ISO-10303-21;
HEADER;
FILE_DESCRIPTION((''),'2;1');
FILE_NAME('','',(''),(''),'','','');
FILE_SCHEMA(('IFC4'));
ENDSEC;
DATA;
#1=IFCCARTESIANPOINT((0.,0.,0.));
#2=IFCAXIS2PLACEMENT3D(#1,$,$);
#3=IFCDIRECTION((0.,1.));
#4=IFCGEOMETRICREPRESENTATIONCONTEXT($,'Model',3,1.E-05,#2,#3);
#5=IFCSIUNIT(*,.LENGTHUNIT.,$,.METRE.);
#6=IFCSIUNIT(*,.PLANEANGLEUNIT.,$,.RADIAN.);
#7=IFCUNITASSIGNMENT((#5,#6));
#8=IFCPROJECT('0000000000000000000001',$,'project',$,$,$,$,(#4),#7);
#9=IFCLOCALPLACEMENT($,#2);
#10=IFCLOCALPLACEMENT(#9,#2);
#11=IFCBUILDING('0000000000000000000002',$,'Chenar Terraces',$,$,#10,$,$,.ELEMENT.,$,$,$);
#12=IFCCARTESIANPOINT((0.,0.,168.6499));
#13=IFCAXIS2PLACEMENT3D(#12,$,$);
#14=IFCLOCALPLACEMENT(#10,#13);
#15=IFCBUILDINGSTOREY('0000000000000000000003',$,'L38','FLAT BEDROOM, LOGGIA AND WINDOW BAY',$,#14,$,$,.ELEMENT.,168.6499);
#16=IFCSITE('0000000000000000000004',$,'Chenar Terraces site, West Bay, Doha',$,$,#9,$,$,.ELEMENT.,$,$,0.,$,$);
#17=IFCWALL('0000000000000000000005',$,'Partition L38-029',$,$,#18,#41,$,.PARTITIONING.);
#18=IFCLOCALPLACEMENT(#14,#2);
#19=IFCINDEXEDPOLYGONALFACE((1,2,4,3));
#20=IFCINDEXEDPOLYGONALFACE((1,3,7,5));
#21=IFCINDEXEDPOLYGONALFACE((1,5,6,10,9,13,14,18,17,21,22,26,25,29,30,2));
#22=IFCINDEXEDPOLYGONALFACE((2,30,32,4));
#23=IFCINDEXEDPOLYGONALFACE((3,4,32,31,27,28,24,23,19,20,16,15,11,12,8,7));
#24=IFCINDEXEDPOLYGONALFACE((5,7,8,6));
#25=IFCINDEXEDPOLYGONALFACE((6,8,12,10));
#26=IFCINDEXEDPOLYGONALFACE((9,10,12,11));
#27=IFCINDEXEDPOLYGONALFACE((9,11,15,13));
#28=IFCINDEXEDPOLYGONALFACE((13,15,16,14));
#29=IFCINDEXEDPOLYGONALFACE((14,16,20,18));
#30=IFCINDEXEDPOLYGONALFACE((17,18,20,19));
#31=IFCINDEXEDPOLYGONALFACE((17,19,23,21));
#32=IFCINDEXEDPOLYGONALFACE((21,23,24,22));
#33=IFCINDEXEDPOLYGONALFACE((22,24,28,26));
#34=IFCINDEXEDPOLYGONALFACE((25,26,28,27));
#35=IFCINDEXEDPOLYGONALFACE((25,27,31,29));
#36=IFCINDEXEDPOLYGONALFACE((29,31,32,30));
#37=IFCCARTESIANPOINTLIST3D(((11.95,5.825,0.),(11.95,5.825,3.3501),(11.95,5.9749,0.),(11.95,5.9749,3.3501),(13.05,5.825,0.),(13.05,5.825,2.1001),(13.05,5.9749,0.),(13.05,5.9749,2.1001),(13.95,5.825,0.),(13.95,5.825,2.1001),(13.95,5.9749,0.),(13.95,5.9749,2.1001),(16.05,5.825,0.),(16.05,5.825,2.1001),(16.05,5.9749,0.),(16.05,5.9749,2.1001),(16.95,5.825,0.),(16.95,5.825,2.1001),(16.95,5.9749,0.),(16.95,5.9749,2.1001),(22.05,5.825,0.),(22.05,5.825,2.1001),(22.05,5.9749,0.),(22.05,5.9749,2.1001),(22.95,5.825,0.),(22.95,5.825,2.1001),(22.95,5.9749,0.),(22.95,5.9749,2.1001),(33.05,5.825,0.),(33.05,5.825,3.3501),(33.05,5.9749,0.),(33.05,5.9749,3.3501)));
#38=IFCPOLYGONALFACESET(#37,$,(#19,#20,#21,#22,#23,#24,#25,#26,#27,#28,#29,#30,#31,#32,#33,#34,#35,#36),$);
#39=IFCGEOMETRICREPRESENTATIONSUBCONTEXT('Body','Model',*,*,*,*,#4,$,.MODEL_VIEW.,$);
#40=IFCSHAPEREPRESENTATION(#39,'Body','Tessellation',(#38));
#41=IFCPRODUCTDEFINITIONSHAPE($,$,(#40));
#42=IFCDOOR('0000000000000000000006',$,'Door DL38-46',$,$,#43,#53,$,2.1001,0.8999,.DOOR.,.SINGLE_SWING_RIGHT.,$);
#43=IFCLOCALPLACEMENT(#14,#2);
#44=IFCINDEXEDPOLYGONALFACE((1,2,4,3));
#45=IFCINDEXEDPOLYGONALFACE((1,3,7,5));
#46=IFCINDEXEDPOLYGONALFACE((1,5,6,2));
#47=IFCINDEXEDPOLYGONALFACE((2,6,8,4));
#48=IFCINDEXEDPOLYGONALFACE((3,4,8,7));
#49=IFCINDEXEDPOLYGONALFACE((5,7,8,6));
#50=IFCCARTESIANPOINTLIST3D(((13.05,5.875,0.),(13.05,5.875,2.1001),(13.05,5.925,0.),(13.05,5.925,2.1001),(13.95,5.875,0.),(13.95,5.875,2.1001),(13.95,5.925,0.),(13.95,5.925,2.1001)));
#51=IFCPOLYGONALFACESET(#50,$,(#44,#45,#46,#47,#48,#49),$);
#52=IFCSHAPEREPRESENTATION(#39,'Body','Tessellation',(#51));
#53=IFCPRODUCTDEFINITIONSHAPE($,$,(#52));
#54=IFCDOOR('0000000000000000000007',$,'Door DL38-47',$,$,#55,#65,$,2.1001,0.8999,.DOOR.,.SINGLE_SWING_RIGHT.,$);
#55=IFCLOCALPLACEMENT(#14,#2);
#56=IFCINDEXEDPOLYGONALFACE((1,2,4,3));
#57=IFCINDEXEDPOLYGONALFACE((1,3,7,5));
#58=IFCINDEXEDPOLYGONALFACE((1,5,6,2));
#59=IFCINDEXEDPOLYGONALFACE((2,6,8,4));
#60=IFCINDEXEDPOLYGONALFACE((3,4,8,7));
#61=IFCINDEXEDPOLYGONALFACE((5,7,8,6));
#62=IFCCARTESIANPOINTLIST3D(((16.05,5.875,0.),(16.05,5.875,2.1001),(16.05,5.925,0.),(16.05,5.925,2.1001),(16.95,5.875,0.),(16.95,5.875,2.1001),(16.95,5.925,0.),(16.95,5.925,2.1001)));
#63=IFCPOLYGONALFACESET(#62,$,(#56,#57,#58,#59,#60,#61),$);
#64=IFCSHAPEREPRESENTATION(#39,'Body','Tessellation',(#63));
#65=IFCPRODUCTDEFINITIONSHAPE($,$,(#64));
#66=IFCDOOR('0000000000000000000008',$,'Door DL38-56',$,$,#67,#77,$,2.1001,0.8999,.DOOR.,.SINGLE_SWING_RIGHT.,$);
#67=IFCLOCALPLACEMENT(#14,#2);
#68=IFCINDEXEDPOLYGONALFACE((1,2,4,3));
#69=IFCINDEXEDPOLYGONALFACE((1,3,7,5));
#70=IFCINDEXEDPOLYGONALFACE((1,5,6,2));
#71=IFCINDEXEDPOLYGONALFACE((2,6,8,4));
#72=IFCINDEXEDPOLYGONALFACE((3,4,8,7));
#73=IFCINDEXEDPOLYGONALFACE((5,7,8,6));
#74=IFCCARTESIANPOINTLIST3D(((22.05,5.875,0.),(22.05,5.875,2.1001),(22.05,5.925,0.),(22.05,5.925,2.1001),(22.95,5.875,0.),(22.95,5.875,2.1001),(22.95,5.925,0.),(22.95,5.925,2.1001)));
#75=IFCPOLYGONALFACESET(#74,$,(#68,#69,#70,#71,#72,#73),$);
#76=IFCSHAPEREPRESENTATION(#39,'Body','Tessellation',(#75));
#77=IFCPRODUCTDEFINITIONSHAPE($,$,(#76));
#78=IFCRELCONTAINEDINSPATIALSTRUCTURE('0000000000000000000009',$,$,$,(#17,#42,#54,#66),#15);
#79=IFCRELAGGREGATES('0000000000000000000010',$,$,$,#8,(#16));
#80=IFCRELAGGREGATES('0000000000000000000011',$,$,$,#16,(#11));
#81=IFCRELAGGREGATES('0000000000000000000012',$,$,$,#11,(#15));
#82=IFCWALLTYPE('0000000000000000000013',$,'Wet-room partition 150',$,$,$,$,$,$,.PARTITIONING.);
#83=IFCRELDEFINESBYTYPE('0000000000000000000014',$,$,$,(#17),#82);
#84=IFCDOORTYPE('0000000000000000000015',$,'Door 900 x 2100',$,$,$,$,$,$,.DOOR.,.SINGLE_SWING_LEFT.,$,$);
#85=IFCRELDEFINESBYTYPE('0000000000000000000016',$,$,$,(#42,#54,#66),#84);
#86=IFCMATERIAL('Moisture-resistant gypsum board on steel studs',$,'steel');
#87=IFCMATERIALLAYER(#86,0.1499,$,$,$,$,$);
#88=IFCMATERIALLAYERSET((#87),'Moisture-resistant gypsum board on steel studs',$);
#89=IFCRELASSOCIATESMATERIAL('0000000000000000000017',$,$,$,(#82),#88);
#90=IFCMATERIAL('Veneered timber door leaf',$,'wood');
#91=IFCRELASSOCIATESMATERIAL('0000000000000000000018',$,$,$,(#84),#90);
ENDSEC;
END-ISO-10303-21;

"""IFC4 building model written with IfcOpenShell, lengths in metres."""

from ifc_helpers import new_model, si_unit, direction, frame, frame_2d, origin, place, context, subcontext, project, spatial, rectangle, extrude, material, layer, layer_set, type_object, element, fill, save


model = new_model("IFC4")

# Units and contexts
model_context = context("Model", 3, precision=1e-05, world=origin(), true_north=direction((0.0, 1.0)))
body_context = subcontext(model_context, "Body", "Model", "MODEL_VIEW")
ifc_project = project(units=[si_unit("LENGTHUNIT", "METRE"), si_unit("PLANEANGLEUNIT", "RADIAN")], contexts=[model_context])

# Site, building, storey
site_placement = place(None, origin())
site = spatial("IfcSite", under=ifc_project, at=site_placement, Name="Chenar Terraces site, West Bay, Doha", CompositionType="ELEMENT", RefElevation=0.0)
building_placement = place(site_placement, origin())
building = spatial("IfcBuilding", under=site, at=building_placement, Name="Chenar Terraces", CompositionType="ELEMENT")
storey_placement = place(building_placement, frame((0.0, 0.0, 168.6499)))
storey = spatial("IfcBuildingStorey", under=building, at=storey_placement, Name="L38", Description="FLAT BEDROOM, LOGGIA AND WINDOW BAY", CompositionType="ELEMENT", Elevation=168.6499)

# Wall, openings, doors
ifc_material_1 = material(Name="Moisture-resistant gypsum board on steel studs", Category="steel")
ifc_layer_1 = layer(ifc_material_1, 0.1499)
ifc_layer_set_1 = layer_set([ifc_layer_1], Name="Moisture-resistant gypsum board on steel studs")
wall_type_1 = type_object("IfcWallType", Name="Wet-room partition 150", PredefinedType="PARTITIONING", material=ifc_layer_set_1)
wall_1_placement = place(storey_placement, frame((11.95, 5.8999, 0.0), z_axis=(0.0, 0.0, 1.0), x_axis=(1.0, 0.0, 0.0)))
wall_1 = element("IfcWall", 1, at=wall_1_placement, inside=storey, type_object=wall_type_1, Name="Partition L38-029", PredefinedType="PARTITIONING", context=body_context, shape_type="SweptSolid", body=[
    extrude(rectangle(XDim=21.1001, YDim=0.1499, at=frame_2d((10.55, 0.0))), origin(), (0.0, 0.0, 1.0), 3.3501),
])
opening_1_placement = place(wall_1_placement, frame((1.1001, 0.0, 0.0)))
opening_1 = element("IfcOpeningElement", 2, at=opening_1_placement, cuts=wall_1, PredefinedType="OPENING", context=body_context, shape_type="SweptSolid", body=[
    extrude(rectangle(XDim=0.8999, YDim=2.1001, at=frame_2d((0.45, 1.05))), frame((0.0, 0.085, 0.0), z_axis=(0.0, -1.0, 0.0), x_axis=(1.0, 0.0, 0.0)), (0.0, 0.0, 1.0), 0.1699),
])
opening_2_placement = place(wall_1_placement, frame((4.1001, 0.0, 0.0)))
opening_2 = element("IfcOpeningElement", 3, at=opening_2_placement, cuts=wall_1, PredefinedType="OPENING", context=body_context, shape_type="SweptSolid", body=[
    extrude(rectangle(XDim=0.8999, YDim=2.1001, at=frame_2d((0.45, 1.05))), frame((0.0, 0.085, 0.0), z_axis=(0.0, -1.0, 0.0), x_axis=(1.0, 0.0, 0.0)), (0.0, 0.0, 1.0), 0.1699),
])
opening_3_placement = place(wall_1_placement, frame((10.1001, 0.0, 0.0)))
opening_3 = element("IfcOpeningElement", 4, at=opening_3_placement, cuts=wall_1, PredefinedType="OPENING", context=body_context, shape_type="SweptSolid", body=[
    extrude(rectangle(XDim=0.8999, YDim=2.1001, at=frame_2d((0.45, 1.05))), frame((0.0, 0.085, 0.0), z_axis=(0.0, -1.0, 0.0), x_axis=(1.0, 0.0, 0.0)), (0.0, 0.0, 1.0), 0.1699),
])
ifc_material_2 = material(Name="Veneered timber door leaf", Category="wood")
door_type_1 = type_object("IfcDoorType", Name="Door 900 x 2100", OperationType="SINGLE_SWING_LEFT", PredefinedType="DOOR", material=ifc_material_2)
door_1_placement = place(opening_1_placement, frame((0.8999, 0.0, 0.0), z_axis=(0.0, 0.0, 1.0), x_axis=(-1.0, 0.0, 0.0)))
door_1 = element("IfcDoor", 5, at=door_1_placement, inside=storey, type_object=door_type_1, Name="Door DL38-46", OperationType="SINGLE_SWING_RIGHT", OverallHeight=2.1001, OverallWidth=0.8999, PredefinedType="DOOR", context=body_context, shape_type="SweptSolid", body=[
    extrude(rectangle(XDim=0.8999, YDim=2.1001, at=frame_2d((0.45, 1.05))), frame((0.0, 0.0249, 0.0), z_axis=(0.0, -1.0, 0.0), x_axis=(1.0, 0.0, 0.0)), (0.0, 0.0, 1.0), 0.05),
])
fill(opening_1, door_1)
door_2_placement = place(opening_2_placement, frame((0.8999, 0.0, 0.0), z_axis=(0.0, 0.0, 1.0), x_axis=(-1.0, 0.0, 0.0)))
door_2 = element("IfcDoor", 6, at=door_2_placement, inside=storey, type_object=door_type_1, Name="Door DL38-47", OperationType="SINGLE_SWING_RIGHT", OverallHeight=2.1001, OverallWidth=0.8999, PredefinedType="DOOR", context=body_context, shape_type="SweptSolid", body=[
    extrude(rectangle(XDim=0.8999, YDim=2.1001, at=frame_2d((0.45, 1.05))), frame((0.0, 0.0249, 0.0), z_axis=(0.0, -1.0, 0.0), x_axis=(1.0, 0.0, 0.0)), (0.0, 0.0, 1.0), 0.05),
])
fill(opening_2, door_2)
door_3_placement = place(opening_3_placement, frame((0.8999, 0.0, 0.0), z_axis=(0.0, 0.0, 1.0), x_axis=(-1.0, 0.0, 0.0)))
door_3 = element("IfcDoor", 7, at=door_3_placement, inside=storey, type_object=door_type_1, Name="Door DL38-56", OperationType="SINGLE_SWING_RIGHT", OverallHeight=2.1001, OverallWidth=0.8999, PredefinedType="DOOR", context=body_context, shape_type="SweptSolid", body=[
    extrude(rectangle(XDim=0.8999, YDim=2.1001, at=frame_2d((0.45, 1.05))), frame((0.0, 0.0249, 0.0), z_axis=(0.0, -1.0, 0.0), x_axis=(1.0, 0.0, 0.0)), (0.0, 0.0, 1.0), 0.05),
])
fill(opening_3, door_3)

save(model, "model.ifc")
